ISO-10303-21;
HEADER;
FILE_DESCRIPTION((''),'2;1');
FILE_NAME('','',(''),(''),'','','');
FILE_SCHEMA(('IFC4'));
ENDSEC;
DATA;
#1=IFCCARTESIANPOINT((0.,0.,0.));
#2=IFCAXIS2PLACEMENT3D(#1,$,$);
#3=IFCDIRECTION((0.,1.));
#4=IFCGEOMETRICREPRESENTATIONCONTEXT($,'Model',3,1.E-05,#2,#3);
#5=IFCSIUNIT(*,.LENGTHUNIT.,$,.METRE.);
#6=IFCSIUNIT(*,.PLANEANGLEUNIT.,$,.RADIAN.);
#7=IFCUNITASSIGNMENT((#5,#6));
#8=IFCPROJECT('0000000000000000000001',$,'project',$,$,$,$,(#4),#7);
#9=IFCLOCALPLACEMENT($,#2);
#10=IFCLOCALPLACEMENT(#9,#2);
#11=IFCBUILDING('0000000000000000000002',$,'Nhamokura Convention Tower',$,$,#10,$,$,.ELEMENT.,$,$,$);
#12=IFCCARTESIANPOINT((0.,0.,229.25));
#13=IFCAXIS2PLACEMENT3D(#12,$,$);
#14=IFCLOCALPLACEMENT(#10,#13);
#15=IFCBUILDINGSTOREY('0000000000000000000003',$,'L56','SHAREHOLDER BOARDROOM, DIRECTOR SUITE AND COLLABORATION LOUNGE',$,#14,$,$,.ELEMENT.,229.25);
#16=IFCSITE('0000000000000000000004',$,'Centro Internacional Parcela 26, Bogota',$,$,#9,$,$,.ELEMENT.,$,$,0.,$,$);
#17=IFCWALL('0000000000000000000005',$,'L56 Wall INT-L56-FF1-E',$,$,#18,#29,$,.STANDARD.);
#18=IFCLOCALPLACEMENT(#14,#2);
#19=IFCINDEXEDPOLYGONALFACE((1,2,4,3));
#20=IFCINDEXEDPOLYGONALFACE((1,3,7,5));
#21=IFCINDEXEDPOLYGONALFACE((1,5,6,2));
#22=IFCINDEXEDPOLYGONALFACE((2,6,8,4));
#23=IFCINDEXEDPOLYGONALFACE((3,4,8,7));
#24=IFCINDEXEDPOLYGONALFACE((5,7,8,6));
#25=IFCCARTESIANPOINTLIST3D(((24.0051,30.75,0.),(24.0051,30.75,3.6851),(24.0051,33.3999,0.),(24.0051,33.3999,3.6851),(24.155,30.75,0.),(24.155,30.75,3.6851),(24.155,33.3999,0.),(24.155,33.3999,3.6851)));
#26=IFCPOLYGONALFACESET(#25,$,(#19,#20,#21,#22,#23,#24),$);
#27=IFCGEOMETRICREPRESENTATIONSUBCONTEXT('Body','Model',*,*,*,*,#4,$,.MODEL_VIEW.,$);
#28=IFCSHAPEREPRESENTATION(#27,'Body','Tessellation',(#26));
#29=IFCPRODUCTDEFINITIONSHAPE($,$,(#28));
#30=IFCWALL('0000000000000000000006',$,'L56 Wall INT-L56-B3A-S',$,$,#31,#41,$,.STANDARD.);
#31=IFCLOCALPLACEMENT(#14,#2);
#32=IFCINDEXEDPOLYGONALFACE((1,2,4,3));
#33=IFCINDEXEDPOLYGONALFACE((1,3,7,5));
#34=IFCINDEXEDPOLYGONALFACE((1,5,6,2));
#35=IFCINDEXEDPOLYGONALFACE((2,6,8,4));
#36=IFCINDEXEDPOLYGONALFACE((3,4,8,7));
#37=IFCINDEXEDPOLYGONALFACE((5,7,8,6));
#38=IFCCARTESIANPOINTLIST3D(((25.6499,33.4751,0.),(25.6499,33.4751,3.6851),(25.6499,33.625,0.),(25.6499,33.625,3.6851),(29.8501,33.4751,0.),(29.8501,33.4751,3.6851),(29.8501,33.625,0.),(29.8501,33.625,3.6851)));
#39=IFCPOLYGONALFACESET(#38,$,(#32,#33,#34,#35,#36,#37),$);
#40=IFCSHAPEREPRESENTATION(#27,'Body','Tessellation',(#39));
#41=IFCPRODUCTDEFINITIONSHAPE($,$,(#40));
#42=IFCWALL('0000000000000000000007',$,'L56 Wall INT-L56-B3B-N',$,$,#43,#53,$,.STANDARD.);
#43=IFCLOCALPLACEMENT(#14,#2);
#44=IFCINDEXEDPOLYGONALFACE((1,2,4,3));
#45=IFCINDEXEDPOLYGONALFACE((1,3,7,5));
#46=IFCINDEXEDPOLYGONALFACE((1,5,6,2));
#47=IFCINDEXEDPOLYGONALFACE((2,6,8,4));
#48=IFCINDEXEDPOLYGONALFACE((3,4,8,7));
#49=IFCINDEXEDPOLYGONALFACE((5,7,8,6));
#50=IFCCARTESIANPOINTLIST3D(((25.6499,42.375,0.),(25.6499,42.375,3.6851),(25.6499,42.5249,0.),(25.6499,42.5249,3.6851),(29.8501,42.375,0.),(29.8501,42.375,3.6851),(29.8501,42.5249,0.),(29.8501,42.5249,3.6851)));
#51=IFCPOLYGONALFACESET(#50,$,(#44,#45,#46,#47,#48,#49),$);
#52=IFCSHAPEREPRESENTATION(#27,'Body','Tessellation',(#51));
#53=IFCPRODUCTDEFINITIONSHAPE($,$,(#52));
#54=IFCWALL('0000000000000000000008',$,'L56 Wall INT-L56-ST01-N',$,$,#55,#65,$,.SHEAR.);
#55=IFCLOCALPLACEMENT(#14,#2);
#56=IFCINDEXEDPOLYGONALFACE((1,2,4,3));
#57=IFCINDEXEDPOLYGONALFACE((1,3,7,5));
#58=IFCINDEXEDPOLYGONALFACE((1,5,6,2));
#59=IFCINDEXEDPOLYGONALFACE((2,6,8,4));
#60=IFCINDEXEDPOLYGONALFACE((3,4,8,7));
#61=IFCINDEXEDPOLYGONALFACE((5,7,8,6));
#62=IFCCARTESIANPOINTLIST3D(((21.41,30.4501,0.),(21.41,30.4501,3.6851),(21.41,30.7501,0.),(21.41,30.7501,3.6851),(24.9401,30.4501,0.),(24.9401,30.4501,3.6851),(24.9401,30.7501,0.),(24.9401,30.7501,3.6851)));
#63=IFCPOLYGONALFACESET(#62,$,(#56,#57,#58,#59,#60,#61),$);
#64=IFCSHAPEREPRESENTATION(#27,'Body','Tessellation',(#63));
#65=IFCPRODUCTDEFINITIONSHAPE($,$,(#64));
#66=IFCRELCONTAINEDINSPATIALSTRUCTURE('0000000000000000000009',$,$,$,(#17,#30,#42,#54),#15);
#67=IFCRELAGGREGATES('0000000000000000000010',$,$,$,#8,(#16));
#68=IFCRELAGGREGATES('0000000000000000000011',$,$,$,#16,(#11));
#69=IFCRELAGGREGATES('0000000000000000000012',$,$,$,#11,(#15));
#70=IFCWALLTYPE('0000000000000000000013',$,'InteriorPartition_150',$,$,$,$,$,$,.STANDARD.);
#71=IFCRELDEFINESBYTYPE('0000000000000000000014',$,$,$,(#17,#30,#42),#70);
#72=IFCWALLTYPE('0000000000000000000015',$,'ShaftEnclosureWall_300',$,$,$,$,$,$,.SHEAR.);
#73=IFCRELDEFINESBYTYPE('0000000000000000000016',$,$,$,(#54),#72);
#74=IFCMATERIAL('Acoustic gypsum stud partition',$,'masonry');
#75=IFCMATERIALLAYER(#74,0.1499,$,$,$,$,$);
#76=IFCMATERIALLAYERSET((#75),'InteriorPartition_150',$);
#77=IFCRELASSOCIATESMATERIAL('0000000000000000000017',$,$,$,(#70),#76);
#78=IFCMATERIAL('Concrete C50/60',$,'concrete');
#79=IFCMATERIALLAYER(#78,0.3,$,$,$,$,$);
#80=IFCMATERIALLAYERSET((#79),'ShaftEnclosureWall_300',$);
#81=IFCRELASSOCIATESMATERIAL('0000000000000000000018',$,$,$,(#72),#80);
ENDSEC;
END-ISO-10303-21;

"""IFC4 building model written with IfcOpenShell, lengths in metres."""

from ifc_helpers import new_model, si_unit, direction, frame, frame_2d, origin, place, context, subcontext, project, spatial, rectangle, extrude, material, layer, layer_set, type_object, element, save


model = new_model("IFC4")

# Units and contexts
model_context = context("Model", 3, precision=1e-05, world=origin(), true_north=direction((0.0, 1.0)))
body_context = subcontext(model_context, "Body", "Model", "MODEL_VIEW")
ifc_project = project(units=[si_unit("LENGTHUNIT", "METRE"), si_unit("PLANEANGLEUNIT", "RADIAN")], contexts=[model_context])

# Site, building, storey
site_placement = place(None, origin())
site = spatial("IfcSite", under=ifc_project, at=site_placement, Name="Centro Internacional Parcela 26, Bogota", CompositionType="ELEMENT", RefElevation=0.0)
building_placement = place(site_placement, origin())
building = spatial("IfcBuilding", under=site, at=building_placement, Name="Nhamokura Convention Tower", CompositionType="ELEMENT")
storey_placement = place(building_placement, frame((0.0, 0.0, 229.25)))
storey = spatial("IfcBuildingStorey", under=building, at=storey_placement, Name="L56", Description="SHAREHOLDER BOARDROOM, DIRECTOR SUITE AND COLLABORATION LOUNGE", CompositionType="ELEMENT", Elevation=229.25)

# Walls
ifc_material_1 = material(Name="Acoustic gypsum stud partition", Category="masonry")
ifc_layer_1 = layer(ifc_material_1, 0.1499)
ifc_layer_set_1 = layer_set([ifc_layer_1], Name="InteriorPartition_150")
wall_type_1 = type_object("IfcWallType", Name="InteriorPartition_150", PredefinedType="STANDARD", material=ifc_layer_set_1)
wall_1_placement = place(storey_placement, frame((24.0801, 30.75, 0.0), z_axis=(0.0, 0.0, 1.0), x_axis=(0.0, 1.0, 0.0)))
element("IfcWall", 1, at=wall_1_placement, inside=storey, type_object=wall_type_1, Name="L56 Wall INT-L56-FF1-E", PredefinedType="STANDARD", context=body_context, shape_type="SweptSolid", body=[
    extrude(rectangle(XDim=2.6499, YDim=0.1499, at=frame_2d((1.325, 0.0))), origin(), (0.0, 0.0, 1.0), 3.6851),
])
for number, where, z_axis, x_axis, name in (
    (2, (25.6499, 33.55, 0.0), (0.0, 0.0, 1.0), (1.0, 0.0, 0.0), "L56 Wall INT-L56-B3A-S"),
    (3, (25.6499, 42.45, 0.0), (0.0, 0.0, 1.0), (1.0, 0.0, 0.0), "L56 Wall INT-L56-B3B-N"),
):
    element("IfcWall", number, at=place(storey_placement, frame(where, z_axis=z_axis, x_axis=x_axis)), inside=storey, type_object=wall_type_1, Name=name, PredefinedType="STANDARD", context=body_context, shape_type="SweptSolid", body=[
        extrude(rectangle(XDim=4.2002, YDim=0.1499, at=frame_2d((2.1001, 0.0))), origin(), (0.0, 0.0, 1.0), 3.6851),
    ])
ifc_material_2 = material(Name="Concrete C50/60", Category="concrete")
ifc_layer_2 = layer(ifc_material_2, 0.3)
ifc_layer_set_2 = layer_set([ifc_layer_2], Name="ShaftEnclosureWall_300")
wall_type_2 = type_object("IfcWallType", Name="ShaftEnclosureWall_300", PredefinedType="SHEAR", material=ifc_layer_set_2)
wall_2_placement = place(storey_placement, frame((21.4099, 30.6001, 0.0), z_axis=(0.0, 0.0, 1.0), x_axis=(1.0, 0.0, 0.0)))
element("IfcWall", 4, at=wall_2_placement, inside=storey, type_object=wall_type_2, Name="L56 Wall INT-L56-ST01-N", PredefinedType="SHEAR", context=body_context, shape_type="SweptSolid", body=[
    extrude(rectangle(XDim=3.53, YDim=0.3, at=frame_2d((1.7651, 0.0))), origin(), (0.0, 0.0, 1.0), 3.6851),
])

save(model, "model.ifc")
